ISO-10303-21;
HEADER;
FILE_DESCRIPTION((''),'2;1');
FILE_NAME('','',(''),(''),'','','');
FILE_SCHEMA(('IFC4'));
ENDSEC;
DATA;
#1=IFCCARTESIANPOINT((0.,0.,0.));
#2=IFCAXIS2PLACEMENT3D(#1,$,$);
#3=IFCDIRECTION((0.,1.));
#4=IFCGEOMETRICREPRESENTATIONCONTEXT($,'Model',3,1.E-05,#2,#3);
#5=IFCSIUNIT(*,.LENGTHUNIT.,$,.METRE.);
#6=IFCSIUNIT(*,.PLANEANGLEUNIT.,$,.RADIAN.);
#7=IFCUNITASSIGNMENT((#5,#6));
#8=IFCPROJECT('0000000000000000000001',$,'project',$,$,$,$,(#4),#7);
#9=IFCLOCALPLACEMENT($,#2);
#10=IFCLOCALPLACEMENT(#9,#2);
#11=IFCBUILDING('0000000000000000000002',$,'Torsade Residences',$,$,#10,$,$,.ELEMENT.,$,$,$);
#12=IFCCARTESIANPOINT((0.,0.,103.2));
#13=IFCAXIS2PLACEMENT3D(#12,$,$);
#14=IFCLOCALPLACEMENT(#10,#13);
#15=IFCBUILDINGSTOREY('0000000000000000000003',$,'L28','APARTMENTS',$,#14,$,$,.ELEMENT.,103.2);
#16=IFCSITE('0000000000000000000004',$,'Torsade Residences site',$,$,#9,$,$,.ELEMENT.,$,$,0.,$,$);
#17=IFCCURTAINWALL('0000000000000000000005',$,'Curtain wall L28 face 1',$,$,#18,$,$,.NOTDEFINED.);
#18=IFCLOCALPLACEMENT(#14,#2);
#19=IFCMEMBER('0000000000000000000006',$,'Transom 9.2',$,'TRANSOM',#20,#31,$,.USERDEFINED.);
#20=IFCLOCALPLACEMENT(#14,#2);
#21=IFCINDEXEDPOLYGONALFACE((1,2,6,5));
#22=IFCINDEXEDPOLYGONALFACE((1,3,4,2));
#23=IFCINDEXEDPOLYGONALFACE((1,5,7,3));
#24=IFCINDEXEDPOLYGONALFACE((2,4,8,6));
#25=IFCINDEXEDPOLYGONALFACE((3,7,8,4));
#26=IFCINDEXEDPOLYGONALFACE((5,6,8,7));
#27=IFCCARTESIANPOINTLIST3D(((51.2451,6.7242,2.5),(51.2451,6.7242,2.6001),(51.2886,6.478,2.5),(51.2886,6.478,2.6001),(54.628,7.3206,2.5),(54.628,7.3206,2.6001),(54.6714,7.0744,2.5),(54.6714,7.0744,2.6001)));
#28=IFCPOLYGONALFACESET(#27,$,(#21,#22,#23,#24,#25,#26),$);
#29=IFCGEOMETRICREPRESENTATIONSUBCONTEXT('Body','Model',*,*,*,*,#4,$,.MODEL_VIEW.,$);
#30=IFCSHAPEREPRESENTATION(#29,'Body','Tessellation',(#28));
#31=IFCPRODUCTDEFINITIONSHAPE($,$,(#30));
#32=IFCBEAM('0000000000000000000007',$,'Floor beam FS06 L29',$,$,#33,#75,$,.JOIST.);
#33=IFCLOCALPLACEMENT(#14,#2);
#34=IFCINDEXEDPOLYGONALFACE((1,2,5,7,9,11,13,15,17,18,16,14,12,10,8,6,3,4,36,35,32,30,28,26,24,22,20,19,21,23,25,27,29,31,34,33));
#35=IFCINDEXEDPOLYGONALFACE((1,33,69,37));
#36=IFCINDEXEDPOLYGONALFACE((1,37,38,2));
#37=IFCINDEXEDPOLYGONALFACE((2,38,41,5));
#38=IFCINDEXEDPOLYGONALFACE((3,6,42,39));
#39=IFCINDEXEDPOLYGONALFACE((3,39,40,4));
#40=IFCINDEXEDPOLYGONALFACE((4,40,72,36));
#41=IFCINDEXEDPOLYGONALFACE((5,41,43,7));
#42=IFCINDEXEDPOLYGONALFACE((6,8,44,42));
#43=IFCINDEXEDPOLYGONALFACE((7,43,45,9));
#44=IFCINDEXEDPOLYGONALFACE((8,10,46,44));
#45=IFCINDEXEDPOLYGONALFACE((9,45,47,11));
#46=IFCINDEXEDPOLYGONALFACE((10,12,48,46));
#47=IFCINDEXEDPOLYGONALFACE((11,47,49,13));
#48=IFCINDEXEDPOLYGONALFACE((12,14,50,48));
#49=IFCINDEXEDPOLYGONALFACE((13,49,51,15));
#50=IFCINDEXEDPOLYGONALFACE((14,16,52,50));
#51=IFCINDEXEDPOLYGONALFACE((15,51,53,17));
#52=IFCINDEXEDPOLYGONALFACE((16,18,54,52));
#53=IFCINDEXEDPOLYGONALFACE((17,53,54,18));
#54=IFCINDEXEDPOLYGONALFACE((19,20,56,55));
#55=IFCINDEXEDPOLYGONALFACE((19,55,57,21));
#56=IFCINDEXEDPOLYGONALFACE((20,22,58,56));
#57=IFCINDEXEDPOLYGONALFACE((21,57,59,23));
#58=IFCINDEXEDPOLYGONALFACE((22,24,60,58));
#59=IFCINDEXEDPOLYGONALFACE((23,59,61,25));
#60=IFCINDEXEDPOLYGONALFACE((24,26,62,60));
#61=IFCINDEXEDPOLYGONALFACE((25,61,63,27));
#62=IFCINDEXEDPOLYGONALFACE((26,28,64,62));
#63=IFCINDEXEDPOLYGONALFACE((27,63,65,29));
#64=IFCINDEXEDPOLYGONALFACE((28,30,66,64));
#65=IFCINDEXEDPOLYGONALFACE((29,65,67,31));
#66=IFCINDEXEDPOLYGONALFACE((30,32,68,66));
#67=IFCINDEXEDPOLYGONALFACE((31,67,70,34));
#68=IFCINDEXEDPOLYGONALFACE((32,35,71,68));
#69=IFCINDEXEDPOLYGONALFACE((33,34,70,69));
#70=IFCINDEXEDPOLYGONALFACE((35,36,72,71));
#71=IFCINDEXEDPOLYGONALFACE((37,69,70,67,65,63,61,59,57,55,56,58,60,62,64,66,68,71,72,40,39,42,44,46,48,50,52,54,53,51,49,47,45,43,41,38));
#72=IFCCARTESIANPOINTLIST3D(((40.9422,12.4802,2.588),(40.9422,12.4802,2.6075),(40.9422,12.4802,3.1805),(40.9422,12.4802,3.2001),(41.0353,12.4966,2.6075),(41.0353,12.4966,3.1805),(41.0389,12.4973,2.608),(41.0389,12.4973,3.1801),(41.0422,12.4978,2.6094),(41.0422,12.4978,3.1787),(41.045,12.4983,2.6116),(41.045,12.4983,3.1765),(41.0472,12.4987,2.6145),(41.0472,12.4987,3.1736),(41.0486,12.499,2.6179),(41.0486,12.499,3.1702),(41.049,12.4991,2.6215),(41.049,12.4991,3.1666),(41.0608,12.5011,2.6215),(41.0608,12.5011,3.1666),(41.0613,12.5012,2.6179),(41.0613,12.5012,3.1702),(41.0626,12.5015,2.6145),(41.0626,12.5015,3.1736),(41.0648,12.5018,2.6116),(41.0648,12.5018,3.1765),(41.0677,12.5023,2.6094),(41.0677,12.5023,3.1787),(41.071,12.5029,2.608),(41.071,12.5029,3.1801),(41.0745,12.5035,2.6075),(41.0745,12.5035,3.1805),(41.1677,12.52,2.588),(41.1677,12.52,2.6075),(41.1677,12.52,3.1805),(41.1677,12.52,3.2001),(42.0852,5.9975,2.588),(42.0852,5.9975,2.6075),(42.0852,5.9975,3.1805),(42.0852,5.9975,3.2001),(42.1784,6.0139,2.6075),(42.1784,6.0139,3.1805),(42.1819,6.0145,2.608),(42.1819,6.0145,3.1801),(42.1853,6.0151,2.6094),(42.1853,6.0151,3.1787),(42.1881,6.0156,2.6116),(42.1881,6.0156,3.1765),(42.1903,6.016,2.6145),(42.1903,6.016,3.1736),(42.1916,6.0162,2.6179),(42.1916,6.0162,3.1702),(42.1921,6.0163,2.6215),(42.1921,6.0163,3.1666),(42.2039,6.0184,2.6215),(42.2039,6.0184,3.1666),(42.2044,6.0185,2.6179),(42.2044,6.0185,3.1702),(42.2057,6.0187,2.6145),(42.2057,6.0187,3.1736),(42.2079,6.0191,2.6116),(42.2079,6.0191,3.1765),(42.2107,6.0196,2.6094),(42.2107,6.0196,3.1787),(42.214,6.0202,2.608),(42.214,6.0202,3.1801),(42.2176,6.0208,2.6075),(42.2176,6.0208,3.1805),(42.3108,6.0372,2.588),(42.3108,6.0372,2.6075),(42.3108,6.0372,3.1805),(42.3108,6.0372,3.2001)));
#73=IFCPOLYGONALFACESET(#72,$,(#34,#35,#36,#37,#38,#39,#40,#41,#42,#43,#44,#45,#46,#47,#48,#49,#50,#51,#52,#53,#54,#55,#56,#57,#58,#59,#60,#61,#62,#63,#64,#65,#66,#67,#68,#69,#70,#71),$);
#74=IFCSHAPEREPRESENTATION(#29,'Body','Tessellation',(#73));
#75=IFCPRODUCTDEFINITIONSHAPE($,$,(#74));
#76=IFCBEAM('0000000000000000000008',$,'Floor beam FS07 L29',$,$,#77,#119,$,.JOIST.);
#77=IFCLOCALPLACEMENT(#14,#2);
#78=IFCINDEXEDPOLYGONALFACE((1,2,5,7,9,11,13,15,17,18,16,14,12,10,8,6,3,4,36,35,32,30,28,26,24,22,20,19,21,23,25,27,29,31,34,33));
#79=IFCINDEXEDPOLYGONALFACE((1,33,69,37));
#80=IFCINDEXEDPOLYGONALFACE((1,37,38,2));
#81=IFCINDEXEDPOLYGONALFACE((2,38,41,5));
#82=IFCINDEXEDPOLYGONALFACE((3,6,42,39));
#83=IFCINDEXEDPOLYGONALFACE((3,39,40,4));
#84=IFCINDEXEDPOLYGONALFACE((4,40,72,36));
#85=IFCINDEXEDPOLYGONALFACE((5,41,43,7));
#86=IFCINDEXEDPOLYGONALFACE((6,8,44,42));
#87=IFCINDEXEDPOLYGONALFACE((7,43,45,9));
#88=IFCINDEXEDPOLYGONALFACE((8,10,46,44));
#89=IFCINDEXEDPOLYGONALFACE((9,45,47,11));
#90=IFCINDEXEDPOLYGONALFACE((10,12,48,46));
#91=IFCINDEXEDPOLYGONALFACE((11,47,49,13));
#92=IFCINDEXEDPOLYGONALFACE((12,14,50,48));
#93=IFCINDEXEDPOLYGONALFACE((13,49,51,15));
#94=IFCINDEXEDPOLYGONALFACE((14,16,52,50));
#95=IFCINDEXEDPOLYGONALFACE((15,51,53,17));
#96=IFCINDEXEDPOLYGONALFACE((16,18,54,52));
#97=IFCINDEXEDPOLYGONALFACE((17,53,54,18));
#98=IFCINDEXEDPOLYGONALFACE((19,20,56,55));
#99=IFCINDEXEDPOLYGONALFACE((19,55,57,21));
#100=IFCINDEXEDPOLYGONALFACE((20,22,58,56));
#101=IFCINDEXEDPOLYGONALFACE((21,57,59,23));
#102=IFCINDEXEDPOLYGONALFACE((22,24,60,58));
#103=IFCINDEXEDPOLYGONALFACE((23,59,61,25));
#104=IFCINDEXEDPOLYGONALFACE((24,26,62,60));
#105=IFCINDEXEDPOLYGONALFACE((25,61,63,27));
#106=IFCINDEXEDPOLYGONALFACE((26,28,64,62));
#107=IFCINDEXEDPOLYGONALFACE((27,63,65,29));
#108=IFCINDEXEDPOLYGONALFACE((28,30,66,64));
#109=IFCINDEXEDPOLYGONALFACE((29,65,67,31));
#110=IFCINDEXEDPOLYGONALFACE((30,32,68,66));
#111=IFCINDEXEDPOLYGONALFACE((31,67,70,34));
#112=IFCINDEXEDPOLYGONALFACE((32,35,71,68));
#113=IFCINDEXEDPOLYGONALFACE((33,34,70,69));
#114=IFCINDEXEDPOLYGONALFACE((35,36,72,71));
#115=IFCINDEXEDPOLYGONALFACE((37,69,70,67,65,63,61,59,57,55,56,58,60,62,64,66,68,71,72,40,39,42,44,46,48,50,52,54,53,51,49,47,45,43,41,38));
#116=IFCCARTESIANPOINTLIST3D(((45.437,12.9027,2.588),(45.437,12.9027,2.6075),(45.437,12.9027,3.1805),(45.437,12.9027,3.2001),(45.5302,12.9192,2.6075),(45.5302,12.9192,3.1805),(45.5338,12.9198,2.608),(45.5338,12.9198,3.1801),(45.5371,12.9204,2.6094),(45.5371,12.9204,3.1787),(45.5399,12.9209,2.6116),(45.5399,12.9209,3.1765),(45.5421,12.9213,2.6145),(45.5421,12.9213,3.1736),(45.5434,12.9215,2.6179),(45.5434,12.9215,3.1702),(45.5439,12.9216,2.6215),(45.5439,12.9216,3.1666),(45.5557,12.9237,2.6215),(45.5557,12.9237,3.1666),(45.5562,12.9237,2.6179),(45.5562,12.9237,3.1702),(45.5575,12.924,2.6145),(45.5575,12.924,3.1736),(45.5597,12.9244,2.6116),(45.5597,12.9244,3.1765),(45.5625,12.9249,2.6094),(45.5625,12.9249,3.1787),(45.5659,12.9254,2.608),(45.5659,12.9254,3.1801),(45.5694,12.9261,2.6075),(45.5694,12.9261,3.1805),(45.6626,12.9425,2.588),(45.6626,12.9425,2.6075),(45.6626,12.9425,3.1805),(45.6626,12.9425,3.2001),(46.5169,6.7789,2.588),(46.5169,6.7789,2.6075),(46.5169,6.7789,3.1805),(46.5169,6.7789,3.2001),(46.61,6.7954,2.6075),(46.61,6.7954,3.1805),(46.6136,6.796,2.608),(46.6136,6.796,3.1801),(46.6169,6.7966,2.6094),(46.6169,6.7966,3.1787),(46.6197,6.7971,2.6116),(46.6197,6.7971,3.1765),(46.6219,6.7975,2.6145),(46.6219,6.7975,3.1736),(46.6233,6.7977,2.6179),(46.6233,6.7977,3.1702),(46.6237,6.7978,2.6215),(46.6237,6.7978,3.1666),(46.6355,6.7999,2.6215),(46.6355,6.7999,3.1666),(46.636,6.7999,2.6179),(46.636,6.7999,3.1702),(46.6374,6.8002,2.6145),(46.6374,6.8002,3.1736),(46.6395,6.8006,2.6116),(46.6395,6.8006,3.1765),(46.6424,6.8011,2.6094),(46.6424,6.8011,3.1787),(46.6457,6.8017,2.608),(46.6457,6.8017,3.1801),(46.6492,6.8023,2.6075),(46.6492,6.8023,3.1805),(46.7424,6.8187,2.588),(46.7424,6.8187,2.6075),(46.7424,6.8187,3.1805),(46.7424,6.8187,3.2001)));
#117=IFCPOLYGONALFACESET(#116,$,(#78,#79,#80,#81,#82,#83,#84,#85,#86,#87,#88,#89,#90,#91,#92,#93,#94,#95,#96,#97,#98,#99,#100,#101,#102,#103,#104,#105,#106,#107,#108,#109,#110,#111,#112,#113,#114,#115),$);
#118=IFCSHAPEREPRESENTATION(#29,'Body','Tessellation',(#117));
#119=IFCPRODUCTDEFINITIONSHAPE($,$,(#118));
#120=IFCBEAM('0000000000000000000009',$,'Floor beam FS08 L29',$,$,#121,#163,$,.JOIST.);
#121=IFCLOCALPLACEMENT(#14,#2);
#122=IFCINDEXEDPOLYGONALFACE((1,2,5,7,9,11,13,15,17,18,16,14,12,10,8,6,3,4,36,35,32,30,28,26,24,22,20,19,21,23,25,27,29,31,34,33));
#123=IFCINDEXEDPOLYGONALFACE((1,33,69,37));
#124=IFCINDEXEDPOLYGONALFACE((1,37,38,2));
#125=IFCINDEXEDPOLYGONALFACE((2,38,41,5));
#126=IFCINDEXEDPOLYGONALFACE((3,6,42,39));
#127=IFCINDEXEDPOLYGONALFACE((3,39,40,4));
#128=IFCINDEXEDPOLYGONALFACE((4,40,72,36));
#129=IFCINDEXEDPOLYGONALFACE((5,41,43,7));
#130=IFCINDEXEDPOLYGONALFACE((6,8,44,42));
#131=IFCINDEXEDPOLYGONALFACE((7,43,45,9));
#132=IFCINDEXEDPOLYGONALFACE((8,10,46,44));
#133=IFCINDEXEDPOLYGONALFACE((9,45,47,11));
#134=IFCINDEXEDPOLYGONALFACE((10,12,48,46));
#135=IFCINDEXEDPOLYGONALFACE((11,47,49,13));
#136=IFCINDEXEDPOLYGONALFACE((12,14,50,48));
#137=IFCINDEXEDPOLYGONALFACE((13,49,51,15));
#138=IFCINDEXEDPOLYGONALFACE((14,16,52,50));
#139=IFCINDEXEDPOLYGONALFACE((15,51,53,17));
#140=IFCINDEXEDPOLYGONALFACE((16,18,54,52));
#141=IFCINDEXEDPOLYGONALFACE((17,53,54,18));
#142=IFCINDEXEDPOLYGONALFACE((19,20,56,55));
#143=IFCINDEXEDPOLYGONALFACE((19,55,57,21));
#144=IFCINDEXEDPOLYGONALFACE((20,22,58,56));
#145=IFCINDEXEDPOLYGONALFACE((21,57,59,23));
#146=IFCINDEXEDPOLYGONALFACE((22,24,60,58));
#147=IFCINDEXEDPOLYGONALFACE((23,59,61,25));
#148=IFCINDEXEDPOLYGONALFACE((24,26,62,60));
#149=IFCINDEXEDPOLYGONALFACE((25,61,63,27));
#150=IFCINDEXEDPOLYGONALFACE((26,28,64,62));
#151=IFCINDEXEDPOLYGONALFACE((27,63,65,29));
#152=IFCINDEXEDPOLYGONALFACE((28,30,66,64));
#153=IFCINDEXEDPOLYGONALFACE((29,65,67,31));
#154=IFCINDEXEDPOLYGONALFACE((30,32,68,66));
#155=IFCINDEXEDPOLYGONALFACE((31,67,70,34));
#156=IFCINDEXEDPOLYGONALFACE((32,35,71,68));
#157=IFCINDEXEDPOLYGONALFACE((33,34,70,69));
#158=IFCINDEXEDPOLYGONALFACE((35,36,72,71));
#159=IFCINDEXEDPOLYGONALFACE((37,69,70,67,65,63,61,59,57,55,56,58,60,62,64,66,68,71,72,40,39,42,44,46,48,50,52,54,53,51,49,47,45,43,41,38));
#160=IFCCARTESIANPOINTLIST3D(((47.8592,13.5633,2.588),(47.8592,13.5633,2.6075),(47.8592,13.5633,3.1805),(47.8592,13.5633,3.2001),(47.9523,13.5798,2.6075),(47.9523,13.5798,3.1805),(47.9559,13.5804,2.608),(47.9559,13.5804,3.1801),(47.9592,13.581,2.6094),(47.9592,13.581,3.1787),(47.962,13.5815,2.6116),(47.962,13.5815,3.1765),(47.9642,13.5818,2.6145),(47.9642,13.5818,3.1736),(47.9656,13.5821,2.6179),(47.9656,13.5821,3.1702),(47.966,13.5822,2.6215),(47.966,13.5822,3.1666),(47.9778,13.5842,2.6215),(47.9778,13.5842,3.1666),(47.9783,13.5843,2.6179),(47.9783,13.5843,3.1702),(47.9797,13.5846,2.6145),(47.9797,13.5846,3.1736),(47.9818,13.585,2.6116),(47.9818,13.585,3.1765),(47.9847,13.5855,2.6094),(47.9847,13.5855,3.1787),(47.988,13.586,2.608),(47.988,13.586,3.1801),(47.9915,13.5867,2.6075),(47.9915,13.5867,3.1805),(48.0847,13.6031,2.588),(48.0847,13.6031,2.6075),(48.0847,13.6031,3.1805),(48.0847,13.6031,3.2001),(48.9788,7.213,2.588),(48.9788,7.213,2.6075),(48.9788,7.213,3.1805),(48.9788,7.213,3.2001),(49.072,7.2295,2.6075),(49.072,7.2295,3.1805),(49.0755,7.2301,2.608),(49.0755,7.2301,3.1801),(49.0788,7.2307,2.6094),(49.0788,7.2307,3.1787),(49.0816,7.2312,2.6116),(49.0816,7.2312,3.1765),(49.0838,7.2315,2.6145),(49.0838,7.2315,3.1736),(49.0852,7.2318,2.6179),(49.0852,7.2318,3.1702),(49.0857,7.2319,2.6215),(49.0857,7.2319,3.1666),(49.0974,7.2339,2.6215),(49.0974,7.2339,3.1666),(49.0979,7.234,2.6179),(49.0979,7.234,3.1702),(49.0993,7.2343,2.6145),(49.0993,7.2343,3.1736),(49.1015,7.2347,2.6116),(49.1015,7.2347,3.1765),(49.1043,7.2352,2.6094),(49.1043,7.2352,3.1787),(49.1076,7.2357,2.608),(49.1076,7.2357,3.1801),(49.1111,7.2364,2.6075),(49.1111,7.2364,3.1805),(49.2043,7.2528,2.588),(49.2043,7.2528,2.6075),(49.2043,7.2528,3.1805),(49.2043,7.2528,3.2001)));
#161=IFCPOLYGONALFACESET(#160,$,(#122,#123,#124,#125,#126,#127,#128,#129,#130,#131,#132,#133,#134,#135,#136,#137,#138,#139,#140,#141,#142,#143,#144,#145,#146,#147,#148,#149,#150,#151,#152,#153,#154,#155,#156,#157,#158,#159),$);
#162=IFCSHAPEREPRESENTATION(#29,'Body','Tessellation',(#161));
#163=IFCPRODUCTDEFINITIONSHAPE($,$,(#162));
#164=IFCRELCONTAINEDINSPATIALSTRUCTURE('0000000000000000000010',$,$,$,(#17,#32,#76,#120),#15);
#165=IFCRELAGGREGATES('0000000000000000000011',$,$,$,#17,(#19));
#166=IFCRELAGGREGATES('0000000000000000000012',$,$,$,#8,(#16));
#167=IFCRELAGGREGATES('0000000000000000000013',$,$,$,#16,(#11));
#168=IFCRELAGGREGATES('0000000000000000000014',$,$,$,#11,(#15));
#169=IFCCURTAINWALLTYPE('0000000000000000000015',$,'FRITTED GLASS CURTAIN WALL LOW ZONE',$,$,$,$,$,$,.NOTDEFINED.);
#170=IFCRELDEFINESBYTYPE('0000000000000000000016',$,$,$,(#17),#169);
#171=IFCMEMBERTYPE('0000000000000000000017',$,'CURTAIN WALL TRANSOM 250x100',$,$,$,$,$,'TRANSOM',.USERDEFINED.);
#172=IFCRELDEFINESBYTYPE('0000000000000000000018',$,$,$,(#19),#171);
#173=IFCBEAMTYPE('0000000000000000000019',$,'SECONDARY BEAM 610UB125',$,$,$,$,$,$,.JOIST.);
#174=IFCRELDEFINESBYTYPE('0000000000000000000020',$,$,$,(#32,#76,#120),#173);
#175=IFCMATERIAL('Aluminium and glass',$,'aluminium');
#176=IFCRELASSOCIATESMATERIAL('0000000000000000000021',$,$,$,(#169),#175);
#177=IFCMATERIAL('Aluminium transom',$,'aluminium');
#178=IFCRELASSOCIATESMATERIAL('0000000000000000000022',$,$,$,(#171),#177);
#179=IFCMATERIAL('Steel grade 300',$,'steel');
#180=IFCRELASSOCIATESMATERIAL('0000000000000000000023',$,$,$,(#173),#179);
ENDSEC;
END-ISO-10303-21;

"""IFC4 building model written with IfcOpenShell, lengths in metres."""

from ifc_helpers import new_model, si_unit, direction, frame, origin, origin_2d, place, context, subcontext, project, spatial, rectangle, i_section, extrude, material, material_profile, profile_set, type_object, element, aggregate, save


model = new_model("IFC4")

# Units and contexts
model_context = context("Model", 3, precision=1e-05, world=origin(), true_north=direction((0.0, 1.0)))
body_context = subcontext(model_context, "Body", "Model", "MODEL_VIEW")
ifc_project = project(units=[si_unit("LENGTHUNIT", "METRE"), si_unit("PLANEANGLEUNIT", "RADIAN")], contexts=[model_context])

# Site, building, storey
site_placement = place(None, origin())
site = spatial("IfcSite", under=ifc_project, at=site_placement, Name="Torsade Residences site", CompositionType="ELEMENT", RefElevation=0.0)
building_placement = place(site_placement, origin())
building = spatial("IfcBuilding", under=site, at=building_placement, Name="Torsade Residences", CompositionType="ELEMENT")
storey_placement = place(building_placement, frame((0.0, 0.0, 103.2)))
storey = spatial("IfcBuildingStorey", under=building, at=storey_placement, Name="L28", Description="APARTMENTS", CompositionType="ELEMENT", Elevation=103.2)

# Curtain wall, member
ifc_material_1 = material(Name="Aluminium and glass", Category="aluminium")
curtain_wall_type = type_object("IfcCurtainWallType", Name="FRITTED GLASS CURTAIN WALL LOW ZONE", PredefinedType="NOTDEFINED", material=ifc_material_1)
curtain_wall_placement = place(storey_placement, origin())
curtain_wall = element("IfcCurtainWall", 1, at=curtain_wall_placement, inside=storey, type_object=curtain_wall_type, Name="Curtain wall L28 face 1", PredefinedType="NOTDEFINED")
ifc_material_2 = material(Name="Aluminium transom", Category="aluminium")
ifc_material_profile_1 = material_profile(ifc_material_2, rectangle(XDim=0.25, YDim=0.1001, at=origin_2d()), Name="CURTAIN WALL TRANSOM 250x100")
ifc_profile_set_1 = profile_set([ifc_material_profile_1], Name="Aluminium transom")
member_type_1 = type_object("IfcMemberType", Name="CURTAIN WALL TRANSOM 250x100", ElementType="TRANSOM", PredefinedType="USERDEFINED", material=ifc_profile_set_1)
member_1_placement = place(storey_placement, frame((51.2668, 6.6011, 2.55), z_axis=(0.98481, 0.173635, 0.0), x_axis=(-0.173635, 0.98481, 0.0)))
member_1 = element("IfcMember", 2, at=member_1_placement, type_object=member_type_1, Name="Transom 9.2", ObjectType="TRANSOM", PredefinedType="USERDEFINED", context=body_context, shape_type="SweptSolid", body=[
    extrude(rectangle(XDim=0.25, YDim=0.1001, at=origin_2d()), origin(), (0.0, 0.0, 1.0), 3.4351),
])

# Beams
ifc_material_3 = material(Name="Steel grade 300", Category="steel")
ifc_material_profile_2 = material_profile(ifc_material_3, i_section(OverallWidth=0.229, OverallDepth=0.6121, WebThickness=0.012, FlangeThickness=0.0195, FilletRadius=0.0139, at=origin_2d()), Name="610UB125")
ifc_profile_set_2 = profile_set([ifc_material_profile_2], Name="Steel grade 300")
beam_type_1 = type_object("IfcBeamType", Name="SECONDARY BEAM 610UB125", PredefinedType="JOIST", material=ifc_profile_set_2)
beam_1_placement = place(storey_placement, frame((42.198, 6.0173, 2.894), z_axis=(-0.173648, 0.984808, 0.0), x_axis=(-0.984808, -0.173648, 0.0)))
element("IfcBeam", 3, at=beam_1_placement, inside=storey, type_object=beam_type_1, Name="Floor beam FS06 L29", PredefinedType="JOIST", context=body_context, shape_type="SweptSolid", body=[
    extrude(i_section(OverallWidth=0.229, OverallDepth=0.6121, WebThickness=0.012, FlangeThickness=0.0195, FilletRadius=0.0139, at=origin_2d()), origin(), (0.0, 0.0, 1.0), 6.5828),
])
beam_2_placement = place(storey_placement, frame((46.6296, 6.7988, 2.894), z_axis=(-0.173655, 0.984806, 0.0), x_axis=(-0.984806, -0.173655, 0.0)))
element("IfcBeam", 4, at=beam_2_placement, inside=storey, type_object=beam_type_1, Name="Floor beam FS07 L29", PredefinedType="JOIST", context=body_context, shape_type="SweptSolid", body=[
    extrude(i_section(OverallWidth=0.229, OverallDepth=0.6121, WebThickness=0.012, FlangeThickness=0.0195, FilletRadius=0.0139, at=origin_2d()), origin(), (0.0, 0.0, 1.0), 6.2183),
])
beam_3_placement = place(storey_placement, frame((49.0916, 7.2329, 2.894), z_axis=(-0.173632, 0.984811, 0.0), x_axis=(-0.984811, -0.173632, 0.0)))
element("IfcBeam", 5, at=beam_3_placement, inside=storey, type_object=beam_type_1, Name="Floor beam FS08 L29", PredefinedType="JOIST", context=body_context, shape_type="SweptSolid", body=[
    extrude(i_section(OverallWidth=0.229, OverallDepth=0.6121, WebThickness=0.012, FlangeThickness=0.0195, FilletRadius=0.0139, at=origin_2d()), origin(), (0.0, 0.0, 1.0), 6.4482),
])

aggregate(curtain_wall, [member_1])

save(model, "model.ifc")
